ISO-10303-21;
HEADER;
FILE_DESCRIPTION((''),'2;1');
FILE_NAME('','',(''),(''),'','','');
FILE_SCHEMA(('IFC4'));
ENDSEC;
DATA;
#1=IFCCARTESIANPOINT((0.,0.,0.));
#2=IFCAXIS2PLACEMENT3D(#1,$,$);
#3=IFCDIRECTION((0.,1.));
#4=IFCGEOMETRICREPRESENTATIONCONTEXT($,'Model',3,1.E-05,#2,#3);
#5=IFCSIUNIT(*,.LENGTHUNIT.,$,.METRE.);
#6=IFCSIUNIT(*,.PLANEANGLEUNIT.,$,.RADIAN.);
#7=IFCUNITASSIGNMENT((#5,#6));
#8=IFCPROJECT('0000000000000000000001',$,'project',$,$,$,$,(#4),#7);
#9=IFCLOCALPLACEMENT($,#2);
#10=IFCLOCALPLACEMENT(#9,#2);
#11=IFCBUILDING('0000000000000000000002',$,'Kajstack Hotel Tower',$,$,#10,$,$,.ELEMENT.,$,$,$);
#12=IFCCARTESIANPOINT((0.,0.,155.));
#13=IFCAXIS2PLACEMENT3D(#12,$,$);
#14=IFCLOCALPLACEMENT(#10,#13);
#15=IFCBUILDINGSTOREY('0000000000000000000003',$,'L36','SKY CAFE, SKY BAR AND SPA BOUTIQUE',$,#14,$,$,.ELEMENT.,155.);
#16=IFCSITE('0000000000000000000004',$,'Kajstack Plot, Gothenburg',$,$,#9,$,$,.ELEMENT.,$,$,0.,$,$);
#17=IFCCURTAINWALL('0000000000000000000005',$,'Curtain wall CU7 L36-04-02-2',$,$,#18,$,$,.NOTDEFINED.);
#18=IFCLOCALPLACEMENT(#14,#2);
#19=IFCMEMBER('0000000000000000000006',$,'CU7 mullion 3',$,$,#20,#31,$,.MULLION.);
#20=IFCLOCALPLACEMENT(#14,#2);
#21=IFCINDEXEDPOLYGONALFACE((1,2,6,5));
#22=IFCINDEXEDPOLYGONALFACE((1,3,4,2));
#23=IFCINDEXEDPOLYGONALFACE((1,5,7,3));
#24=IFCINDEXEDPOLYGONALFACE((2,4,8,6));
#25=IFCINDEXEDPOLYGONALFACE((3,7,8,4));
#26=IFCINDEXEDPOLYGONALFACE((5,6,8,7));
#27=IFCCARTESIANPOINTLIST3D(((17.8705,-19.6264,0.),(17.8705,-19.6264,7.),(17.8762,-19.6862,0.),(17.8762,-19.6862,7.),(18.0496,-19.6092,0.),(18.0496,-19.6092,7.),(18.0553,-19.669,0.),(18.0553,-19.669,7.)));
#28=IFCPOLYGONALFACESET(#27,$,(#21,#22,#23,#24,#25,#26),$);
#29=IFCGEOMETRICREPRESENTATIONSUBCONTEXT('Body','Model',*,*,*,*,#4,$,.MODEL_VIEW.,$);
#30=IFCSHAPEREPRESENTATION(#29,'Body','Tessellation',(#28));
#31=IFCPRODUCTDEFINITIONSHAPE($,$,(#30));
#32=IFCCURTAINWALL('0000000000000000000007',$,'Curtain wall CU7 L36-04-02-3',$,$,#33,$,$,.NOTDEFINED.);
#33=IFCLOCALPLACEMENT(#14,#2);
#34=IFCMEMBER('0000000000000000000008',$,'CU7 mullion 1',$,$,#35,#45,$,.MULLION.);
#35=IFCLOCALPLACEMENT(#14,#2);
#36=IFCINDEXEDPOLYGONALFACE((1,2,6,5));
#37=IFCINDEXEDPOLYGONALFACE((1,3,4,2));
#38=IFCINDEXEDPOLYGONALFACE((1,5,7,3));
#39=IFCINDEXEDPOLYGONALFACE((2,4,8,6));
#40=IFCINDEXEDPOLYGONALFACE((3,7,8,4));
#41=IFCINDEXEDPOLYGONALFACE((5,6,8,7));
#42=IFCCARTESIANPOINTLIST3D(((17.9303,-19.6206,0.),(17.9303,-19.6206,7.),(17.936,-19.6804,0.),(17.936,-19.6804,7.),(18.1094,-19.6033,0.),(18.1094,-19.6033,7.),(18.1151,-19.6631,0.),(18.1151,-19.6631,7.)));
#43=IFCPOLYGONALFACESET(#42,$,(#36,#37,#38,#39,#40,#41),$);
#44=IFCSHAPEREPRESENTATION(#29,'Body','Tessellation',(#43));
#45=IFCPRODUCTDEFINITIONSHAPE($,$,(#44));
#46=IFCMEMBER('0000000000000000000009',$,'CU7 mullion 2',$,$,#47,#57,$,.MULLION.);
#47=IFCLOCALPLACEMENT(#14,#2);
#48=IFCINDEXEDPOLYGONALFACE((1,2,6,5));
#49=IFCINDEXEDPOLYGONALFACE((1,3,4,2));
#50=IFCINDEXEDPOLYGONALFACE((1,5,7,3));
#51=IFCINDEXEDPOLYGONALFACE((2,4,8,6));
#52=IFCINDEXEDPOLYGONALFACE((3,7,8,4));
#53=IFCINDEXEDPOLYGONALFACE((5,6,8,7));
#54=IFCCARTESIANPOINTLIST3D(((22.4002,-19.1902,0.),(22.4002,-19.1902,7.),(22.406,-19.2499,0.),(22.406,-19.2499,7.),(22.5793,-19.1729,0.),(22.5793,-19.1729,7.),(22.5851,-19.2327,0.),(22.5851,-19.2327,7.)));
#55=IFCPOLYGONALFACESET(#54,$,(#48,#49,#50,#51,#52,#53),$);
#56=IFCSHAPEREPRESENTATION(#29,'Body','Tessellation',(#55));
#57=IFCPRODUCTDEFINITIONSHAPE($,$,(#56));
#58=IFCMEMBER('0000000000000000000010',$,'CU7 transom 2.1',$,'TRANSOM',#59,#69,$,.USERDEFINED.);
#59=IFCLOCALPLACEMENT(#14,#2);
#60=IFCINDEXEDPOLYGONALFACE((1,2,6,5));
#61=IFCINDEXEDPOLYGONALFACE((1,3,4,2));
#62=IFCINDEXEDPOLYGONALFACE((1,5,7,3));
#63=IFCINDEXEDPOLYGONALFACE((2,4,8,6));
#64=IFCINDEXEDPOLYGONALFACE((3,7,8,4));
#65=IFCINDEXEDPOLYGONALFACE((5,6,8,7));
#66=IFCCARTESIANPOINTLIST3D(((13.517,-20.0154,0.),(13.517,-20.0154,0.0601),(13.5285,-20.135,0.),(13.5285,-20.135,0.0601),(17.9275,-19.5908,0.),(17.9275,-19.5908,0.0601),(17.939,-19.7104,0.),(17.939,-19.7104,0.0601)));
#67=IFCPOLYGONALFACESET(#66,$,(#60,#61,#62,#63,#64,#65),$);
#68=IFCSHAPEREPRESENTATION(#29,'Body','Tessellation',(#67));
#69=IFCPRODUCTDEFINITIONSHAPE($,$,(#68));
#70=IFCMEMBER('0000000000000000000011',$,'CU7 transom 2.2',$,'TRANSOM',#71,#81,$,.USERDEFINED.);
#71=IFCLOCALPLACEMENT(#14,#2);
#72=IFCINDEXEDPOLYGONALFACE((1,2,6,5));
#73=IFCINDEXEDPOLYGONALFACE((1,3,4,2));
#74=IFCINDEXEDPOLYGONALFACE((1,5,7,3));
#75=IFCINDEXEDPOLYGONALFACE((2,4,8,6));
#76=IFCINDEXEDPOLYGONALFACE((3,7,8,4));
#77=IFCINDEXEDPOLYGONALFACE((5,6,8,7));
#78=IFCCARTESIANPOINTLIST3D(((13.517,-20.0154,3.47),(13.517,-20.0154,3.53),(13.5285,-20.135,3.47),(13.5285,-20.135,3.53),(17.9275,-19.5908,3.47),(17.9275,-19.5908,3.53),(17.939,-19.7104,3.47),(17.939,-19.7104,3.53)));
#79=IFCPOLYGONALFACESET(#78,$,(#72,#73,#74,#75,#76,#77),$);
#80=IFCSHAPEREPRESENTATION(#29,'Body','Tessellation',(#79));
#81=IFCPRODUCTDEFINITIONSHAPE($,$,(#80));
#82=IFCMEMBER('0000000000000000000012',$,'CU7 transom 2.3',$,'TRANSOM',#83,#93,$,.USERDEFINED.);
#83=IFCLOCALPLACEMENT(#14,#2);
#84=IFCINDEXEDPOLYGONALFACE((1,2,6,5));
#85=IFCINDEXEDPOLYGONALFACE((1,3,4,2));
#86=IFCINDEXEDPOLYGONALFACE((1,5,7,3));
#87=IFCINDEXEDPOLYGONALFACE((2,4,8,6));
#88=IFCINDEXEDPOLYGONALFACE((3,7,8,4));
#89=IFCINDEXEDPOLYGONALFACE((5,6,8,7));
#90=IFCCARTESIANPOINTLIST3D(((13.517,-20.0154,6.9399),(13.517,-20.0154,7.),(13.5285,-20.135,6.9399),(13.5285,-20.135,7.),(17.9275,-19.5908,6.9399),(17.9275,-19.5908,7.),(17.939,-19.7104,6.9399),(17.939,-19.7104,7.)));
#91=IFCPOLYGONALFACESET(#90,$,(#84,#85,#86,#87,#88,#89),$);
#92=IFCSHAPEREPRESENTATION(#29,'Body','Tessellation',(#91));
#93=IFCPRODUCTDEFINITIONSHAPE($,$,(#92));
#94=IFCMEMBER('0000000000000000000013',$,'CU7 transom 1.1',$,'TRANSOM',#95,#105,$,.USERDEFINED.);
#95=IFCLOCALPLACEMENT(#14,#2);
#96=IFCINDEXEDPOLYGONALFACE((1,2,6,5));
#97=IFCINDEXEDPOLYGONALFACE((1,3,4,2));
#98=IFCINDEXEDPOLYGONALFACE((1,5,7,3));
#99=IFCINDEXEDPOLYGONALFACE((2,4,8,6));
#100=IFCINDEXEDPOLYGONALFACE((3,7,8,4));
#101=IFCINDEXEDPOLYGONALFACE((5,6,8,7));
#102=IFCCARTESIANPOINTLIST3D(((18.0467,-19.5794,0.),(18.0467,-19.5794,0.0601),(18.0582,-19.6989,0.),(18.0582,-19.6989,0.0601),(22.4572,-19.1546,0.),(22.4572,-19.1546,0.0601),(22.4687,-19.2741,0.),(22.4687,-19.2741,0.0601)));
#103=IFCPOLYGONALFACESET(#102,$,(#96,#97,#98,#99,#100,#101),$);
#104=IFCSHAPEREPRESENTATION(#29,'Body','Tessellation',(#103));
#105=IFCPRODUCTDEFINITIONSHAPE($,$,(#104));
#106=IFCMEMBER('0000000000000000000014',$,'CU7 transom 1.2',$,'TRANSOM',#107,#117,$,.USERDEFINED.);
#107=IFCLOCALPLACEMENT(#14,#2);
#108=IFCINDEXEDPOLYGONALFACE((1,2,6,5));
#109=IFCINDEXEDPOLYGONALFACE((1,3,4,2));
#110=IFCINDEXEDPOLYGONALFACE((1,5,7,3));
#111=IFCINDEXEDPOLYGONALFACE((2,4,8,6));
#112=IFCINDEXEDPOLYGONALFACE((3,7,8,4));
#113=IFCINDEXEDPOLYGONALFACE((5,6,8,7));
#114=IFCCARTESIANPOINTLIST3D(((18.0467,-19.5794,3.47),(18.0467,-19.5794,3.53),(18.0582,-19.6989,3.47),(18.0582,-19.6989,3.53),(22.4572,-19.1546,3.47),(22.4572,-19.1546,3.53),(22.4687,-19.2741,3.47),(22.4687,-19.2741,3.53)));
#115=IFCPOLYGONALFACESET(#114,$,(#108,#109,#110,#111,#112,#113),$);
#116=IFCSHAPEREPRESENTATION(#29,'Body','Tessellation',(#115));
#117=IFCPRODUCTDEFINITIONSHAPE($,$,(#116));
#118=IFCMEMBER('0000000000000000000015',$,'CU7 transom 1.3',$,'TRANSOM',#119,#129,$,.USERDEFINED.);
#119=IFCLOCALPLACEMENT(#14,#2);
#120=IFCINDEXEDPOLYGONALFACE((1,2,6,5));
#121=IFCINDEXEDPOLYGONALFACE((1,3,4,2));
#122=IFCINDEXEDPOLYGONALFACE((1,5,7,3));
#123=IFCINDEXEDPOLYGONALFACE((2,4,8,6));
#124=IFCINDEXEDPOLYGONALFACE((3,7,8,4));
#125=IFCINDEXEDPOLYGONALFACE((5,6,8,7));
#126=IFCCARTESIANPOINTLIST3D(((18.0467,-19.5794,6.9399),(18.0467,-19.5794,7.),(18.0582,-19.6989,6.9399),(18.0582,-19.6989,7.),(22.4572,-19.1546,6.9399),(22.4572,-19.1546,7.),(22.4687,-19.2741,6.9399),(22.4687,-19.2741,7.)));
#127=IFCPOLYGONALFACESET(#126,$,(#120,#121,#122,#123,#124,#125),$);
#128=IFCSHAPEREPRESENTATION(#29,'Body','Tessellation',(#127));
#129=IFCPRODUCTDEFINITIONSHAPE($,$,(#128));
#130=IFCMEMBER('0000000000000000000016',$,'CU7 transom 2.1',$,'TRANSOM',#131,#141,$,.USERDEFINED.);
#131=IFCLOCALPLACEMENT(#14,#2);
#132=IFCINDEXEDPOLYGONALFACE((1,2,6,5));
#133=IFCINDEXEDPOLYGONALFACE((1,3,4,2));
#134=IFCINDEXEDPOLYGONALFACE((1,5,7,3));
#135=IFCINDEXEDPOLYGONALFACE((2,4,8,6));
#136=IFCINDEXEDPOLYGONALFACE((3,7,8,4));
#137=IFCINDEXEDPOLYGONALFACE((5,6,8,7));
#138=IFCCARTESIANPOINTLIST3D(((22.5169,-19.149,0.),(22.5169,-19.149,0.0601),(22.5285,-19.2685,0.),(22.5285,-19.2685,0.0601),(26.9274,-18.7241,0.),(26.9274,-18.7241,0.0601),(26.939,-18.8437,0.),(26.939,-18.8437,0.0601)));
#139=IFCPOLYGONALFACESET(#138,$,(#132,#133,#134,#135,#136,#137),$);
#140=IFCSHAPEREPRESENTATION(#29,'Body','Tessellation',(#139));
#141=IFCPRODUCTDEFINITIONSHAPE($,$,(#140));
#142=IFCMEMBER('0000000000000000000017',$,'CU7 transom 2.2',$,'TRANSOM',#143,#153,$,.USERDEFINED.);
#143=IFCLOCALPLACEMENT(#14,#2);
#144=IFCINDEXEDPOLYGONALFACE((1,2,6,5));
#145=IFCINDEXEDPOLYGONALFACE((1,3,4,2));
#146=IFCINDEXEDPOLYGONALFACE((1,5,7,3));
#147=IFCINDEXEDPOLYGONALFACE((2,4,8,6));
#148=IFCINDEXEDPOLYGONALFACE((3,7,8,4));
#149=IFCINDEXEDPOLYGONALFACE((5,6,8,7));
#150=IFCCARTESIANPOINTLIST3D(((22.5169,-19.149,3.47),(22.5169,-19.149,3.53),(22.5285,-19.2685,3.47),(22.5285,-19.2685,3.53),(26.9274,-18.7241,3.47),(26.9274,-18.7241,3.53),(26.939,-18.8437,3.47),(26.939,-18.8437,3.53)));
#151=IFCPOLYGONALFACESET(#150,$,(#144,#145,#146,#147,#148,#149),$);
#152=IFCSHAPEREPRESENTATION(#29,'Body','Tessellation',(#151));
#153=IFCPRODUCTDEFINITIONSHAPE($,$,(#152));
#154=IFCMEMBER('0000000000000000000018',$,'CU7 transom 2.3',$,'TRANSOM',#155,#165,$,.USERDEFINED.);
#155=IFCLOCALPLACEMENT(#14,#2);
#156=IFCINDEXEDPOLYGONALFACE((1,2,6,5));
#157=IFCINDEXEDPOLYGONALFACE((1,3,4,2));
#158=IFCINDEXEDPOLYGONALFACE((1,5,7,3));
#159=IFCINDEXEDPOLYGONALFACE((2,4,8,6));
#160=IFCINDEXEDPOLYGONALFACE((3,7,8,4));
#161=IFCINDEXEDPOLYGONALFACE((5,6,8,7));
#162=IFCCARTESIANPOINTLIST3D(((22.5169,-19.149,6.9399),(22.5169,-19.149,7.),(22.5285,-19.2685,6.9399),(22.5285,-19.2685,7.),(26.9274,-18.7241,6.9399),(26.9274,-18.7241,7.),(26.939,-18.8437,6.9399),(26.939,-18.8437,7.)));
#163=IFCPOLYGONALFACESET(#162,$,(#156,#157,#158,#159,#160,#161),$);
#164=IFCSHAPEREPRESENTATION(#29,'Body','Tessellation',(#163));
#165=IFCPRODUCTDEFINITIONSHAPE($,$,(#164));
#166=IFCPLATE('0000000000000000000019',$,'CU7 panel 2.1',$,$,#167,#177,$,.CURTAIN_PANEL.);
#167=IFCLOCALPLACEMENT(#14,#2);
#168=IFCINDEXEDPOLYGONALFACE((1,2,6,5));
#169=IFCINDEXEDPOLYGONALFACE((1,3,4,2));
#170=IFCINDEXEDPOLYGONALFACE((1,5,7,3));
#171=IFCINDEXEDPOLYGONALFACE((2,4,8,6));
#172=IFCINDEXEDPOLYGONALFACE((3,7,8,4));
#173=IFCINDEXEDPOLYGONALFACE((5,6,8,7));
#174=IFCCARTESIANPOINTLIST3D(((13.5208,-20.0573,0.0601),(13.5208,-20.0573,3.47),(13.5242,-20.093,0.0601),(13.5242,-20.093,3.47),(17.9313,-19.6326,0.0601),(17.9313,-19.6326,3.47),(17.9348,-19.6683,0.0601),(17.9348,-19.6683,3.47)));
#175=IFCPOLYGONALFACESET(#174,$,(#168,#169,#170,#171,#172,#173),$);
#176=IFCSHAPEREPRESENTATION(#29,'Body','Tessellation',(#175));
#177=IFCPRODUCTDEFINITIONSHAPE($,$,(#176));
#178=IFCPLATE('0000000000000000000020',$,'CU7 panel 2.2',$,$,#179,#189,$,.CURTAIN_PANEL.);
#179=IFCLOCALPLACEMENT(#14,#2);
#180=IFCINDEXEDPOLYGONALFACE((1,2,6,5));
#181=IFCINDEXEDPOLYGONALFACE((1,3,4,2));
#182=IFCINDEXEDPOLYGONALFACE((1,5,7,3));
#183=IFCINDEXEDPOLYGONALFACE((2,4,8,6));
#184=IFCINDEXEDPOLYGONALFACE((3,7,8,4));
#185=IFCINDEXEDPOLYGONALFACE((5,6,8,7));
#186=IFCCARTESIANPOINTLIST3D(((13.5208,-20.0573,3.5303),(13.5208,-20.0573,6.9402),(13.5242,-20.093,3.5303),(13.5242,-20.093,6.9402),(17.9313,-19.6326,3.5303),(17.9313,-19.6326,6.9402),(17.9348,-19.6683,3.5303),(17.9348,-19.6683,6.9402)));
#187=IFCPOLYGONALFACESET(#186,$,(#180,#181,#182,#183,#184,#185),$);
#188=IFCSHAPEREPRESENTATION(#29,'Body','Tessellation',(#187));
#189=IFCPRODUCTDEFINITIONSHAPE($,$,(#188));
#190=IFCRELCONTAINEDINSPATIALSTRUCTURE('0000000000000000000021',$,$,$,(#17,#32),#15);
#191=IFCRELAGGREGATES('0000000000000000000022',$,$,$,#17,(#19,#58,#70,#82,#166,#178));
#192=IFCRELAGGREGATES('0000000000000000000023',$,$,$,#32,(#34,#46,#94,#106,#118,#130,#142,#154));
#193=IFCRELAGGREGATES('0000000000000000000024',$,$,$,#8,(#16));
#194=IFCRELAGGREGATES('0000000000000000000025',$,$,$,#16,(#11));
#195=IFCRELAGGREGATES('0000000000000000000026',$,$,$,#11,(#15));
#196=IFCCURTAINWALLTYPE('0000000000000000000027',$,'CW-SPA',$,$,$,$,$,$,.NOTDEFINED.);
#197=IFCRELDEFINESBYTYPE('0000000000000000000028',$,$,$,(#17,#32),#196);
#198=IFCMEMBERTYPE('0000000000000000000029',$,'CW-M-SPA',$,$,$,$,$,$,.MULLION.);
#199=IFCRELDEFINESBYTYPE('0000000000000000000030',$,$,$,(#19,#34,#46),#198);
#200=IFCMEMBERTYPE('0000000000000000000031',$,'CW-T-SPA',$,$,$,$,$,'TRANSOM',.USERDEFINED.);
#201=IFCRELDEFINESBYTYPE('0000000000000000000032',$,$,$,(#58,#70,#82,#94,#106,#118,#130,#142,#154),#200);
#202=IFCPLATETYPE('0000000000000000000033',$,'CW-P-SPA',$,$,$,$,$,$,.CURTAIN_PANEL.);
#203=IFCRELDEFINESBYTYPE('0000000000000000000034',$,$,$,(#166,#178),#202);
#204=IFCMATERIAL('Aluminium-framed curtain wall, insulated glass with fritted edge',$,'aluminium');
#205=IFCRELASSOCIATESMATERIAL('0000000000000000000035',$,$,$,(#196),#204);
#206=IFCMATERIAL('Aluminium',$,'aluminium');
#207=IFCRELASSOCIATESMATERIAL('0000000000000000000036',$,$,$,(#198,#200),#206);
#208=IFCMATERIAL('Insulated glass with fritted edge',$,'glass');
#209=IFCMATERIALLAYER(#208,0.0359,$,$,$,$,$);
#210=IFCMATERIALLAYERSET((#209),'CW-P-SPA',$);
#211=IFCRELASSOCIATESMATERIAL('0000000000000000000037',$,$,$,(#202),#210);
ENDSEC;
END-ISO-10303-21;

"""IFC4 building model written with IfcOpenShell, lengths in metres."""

from ifc_helpers import new_model, si_unit, direction, frame, origin, origin_2d, place, context, subcontext, project, spatial, rectangle, extrude, material, layer, layer_set, material_profile, profile_set, type_object, element, aggregate, save


model = new_model("IFC4")

# Units and contexts
model_context = context("Model", 3, precision=1e-05, world=origin(), true_north=direction((0.0, 1.0)))
body_context = subcontext(model_context, "Body", "Model", "MODEL_VIEW")
ifc_project = project(units=[si_unit("LENGTHUNIT", "METRE"), si_unit("PLANEANGLEUNIT", "RADIAN")], contexts=[model_context])

# Site, building, storey
site_placement = place(None, origin())
site = spatial("IfcSite", under=ifc_project, at=site_placement, Name="Kajstack Plot, Gothenburg", CompositionType="ELEMENT", RefElevation=0.0)
building_placement = place(site_placement, origin())
building = spatial("IfcBuilding", under=site, at=building_placement, Name="Kajstack Hotel Tower", CompositionType="ELEMENT")
storey_placement = place(building_placement, frame((0.0, 0.0, 155.0)))
storey = spatial("IfcBuildingStorey", under=building, at=storey_placement, Name="L36", Description="SKY CAFE, SKY BAR AND SPA BOUTIQUE", CompositionType="ELEMENT", Elevation=155.0)

# Curtain wall, member
ifc_material_1 = material(Name="Aluminium-framed curtain wall, insulated glass with fritted edge", Category="aluminium")
curtain_wall_type = type_object("IfcCurtainWallType", Name="CW-SPA", PredefinedType="NOTDEFINED", material=ifc_material_1)
curtain_wall_1_placement = place(storey_placement, origin())
curtain_wall_1 = element("IfcCurtainWall", 1, at=curtain_wall_1_placement, inside=storey, type_object=curtain_wall_type, Name="Curtain wall CU7 L36-04-02-2", PredefinedType="NOTDEFINED")
ifc_material_2 = material(Name="Aluminium", Category="aluminium")
ifc_material_profile_1 = material_profile(ifc_material_2, rectangle(XDim=0.0601, YDim=0.1799, at=origin_2d()), Name="Aluminium mullion 60 x 180")
ifc_profile_set_1 = profile_set([ifc_material_profile_1], Name="Aluminium")
member_type_1 = type_object("IfcMemberType", Name="CW-M-SPA", PredefinedType="MULLION", material=ifc_profile_set_1)
member_1_placement = place(storey_placement, frame((17.9629, -19.6477, 0.0), z_axis=(0.0, 0.0, 1.0), x_axis=(-0.095845, 0.995396, 0.0)))
member_1 = element("IfcMember", 2, at=member_1_placement, type_object=member_type_1, Name="CU7 mullion 3", PredefinedType="MULLION", context=body_context, shape_type="SweptSolid", body=[
    extrude(rectangle(XDim=0.0601, YDim=0.1799, at=origin_2d()), origin(), (0.0, 0.0, 1.0), 7.0),
])

# Curtain wall, members
curtain_wall_2_placement = place(storey_placement, origin())
curtain_wall_2 = element("IfcCurtainWall", 3, at=curtain_wall_2_placement, inside=storey, type_object=curtain_wall_type, Name="Curtain wall CU7 L36-04-02-3", PredefinedType="NOTDEFINED")
member_2_placement = place(storey_placement, frame((18.0227, -19.6418, 0.0), z_axis=(0.0, 0.0, 1.0), x_axis=(-0.095845, 0.995396, 0.0)))
member_2 = element("IfcMember", 4, at=member_2_placement, type_object=member_type_1, Name="CU7 mullion 1", PredefinedType="MULLION", context=body_context, shape_type="SweptSolid", body=[
    extrude(rectangle(XDim=0.0601, YDim=0.1799, at=origin_2d()), origin(), (0.0, 0.0, 1.0), 7.0),
])
member_3_placement = place(storey_placement, frame((22.4927, -19.2114, 0.0), z_axis=(0.0, 0.0, 1.0), x_axis=(-0.095845, 0.995396, 0.0)))
member_3 = element("IfcMember", 5, at=member_3_placement, type_object=member_type_1, Name="CU7 mullion 2", PredefinedType="MULLION", context=body_context, shape_type="SweptSolid", body=[
    extrude(rectangle(XDim=0.0601, YDim=0.1799, at=origin_2d()), origin(), (0.0, 0.0, 1.0), 7.0),
])

# Members
ifc_material_profile_2 = material_profile(ifc_material_2, rectangle(XDim=0.1201, YDim=0.0601, at=origin_2d()), Name="Aluminium transom 120 x 60")
ifc_profile_set_2 = profile_set([ifc_material_profile_2], Name="Aluminium")
member_type_2 = type_object("IfcMemberType", Name="CW-T-SPA", ElementType="TRANSOM", PredefinedType="USERDEFINED", material=ifc_profile_set_2)
member_4_placement = place(storey_placement, frame((13.5227, -20.0752, 0.03), z_axis=(0.995399, 0.095821, 0.0), x_axis=(-0.095821, 0.995399, 0.0)))
member_4 = element("IfcMember", 6, at=member_4_placement, type_object=member_type_2, Name="CU7 transom 2.1", ObjectType="TRANSOM", PredefinedType="USERDEFINED", context=body_context, shape_type="SweptSolid", body=[
    extrude(rectangle(XDim=0.1201, YDim=0.0601, at=origin_2d()), origin(), (0.0, 0.0, 1.0), 4.4309),
])
member_5_placement = place(storey_placement, frame((13.5227, -20.0752, 3.5), z_axis=(0.995399, 0.095821, 0.0), x_axis=(-0.095821, 0.995399, 0.0)))
member_5 = element("IfcMember", 7, at=member_5_placement, type_object=member_type_2, Name="CU7 transom 2.2", ObjectType="TRANSOM", PredefinedType="USERDEFINED", context=body_context, shape_type="SweptSolid", body=[
    extrude(rectangle(XDim=0.1201, YDim=0.0601, at=origin_2d()), origin(), (0.0, 0.0, 1.0), 4.4309),
])
member_6_placement = place(storey_placement, frame((13.5227, -20.0752, 6.97), z_axis=(0.995399, 0.095821, 0.0), x_axis=(-0.095821, 0.995399, 0.0)))
member_6 = element("IfcMember", 8, at=member_6_placement, type_object=member_type_2, Name="CU7 transom 2.3", ObjectType="TRANSOM", PredefinedType="USERDEFINED", context=body_context, shape_type="SweptSolid", body=[
    extrude(rectangle(XDim=0.1201, YDim=0.0601, at=origin_2d()), origin(), (0.0, 0.0, 1.0), 4.4309),
])
member_7_placement = place(storey_placement, frame((18.0525, -19.6392, 0.03), z_axis=(0.995393, 0.095875, 0.0), x_axis=(-0.095875, 0.995393, 0.0)))
member_7 = element("IfcMember", 9, at=member_7_placement, type_object=member_type_2, Name="CU7 transom 1.1", ObjectType="TRANSOM", PredefinedType="USERDEFINED", context=body_context, shape_type="SweptSolid", body=[
    extrude(rectangle(XDim=0.1201, YDim=0.0601, at=origin_2d()), origin(), (0.0, 0.0, 1.0), 4.4309),
])
member_8_placement = place(storey_placement, frame((18.0525, -19.6392, 3.5), z_axis=(0.995393, 0.095875, 0.0), x_axis=(-0.095875, 0.995393, 0.0)))
member_8 = element("IfcMember", 10, at=member_8_placement, type_object=member_type_2, Name="CU7 transom 1.2", ObjectType="TRANSOM", PredefinedType="USERDEFINED", context=body_context, shape_type="SweptSolid", body=[
    extrude(rectangle(XDim=0.1201, YDim=0.0601, at=origin_2d()), origin(), (0.0, 0.0, 1.0), 4.4309),
])
member_9_placement = place(storey_placement, frame((18.0525, -19.6392, 6.97), z_axis=(0.995393, 0.095875, 0.0), x_axis=(-0.095875, 0.995393, 0.0)))
member_9 = element("IfcMember", 11, at=member_9_placement, type_object=member_type_2, Name="CU7 transom 1.3", ObjectType="TRANSOM", PredefinedType="USERDEFINED", context=body_context, shape_type="SweptSolid", body=[
    extrude(rectangle(XDim=0.1201, YDim=0.0601, at=origin_2d()), origin(), (0.0, 0.0, 1.0), 4.4309),
])
member_10_placement = place(storey_placement, frame((22.5227, -19.2087, 0.03), z_axis=(0.995393, 0.095875, 0.0), x_axis=(-0.095875, 0.995393, 0.0)))
member_10 = element("IfcMember", 12, at=member_10_placement, type_object=member_type_2, Name="CU7 transom 2.1", ObjectType="TRANSOM", PredefinedType="USERDEFINED", context=body_context, shape_type="SweptSolid", body=[
    extrude(rectangle(XDim=0.1201, YDim=0.0601, at=origin_2d()), origin(), (0.0, 0.0, 1.0), 4.4309),
])
member_11_placement = place(storey_placement, frame((22.5227, -19.2087, 3.5), z_axis=(0.995393, 0.095875, 0.0), x_axis=(-0.095875, 0.995393, 0.0)))
member_11 = element("IfcMember", 13, at=member_11_placement, type_object=member_type_2, Name="CU7 transom 2.2", ObjectType="TRANSOM", PredefinedType="USERDEFINED", context=body_context, shape_type="SweptSolid", body=[
    extrude(rectangle(XDim=0.1201, YDim=0.0601, at=origin_2d()), origin(), (0.0, 0.0, 1.0), 4.4309),
])
member_12_placement = place(storey_placement, frame((22.5227, -19.2087, 6.97), z_axis=(0.995393, 0.095875, 0.0), x_axis=(-0.095875, 0.995393, 0.0)))
member_12 = element("IfcMember", 14, at=member_12_placement, type_object=member_type_2, Name="CU7 transom 2.3", ObjectType="TRANSOM", PredefinedType="USERDEFINED", context=body_context, shape_type="SweptSolid", body=[
    extrude(rectangle(XDim=0.1201, YDim=0.0601, at=origin_2d()), origin(), (0.0, 0.0, 1.0), 4.4309),
])

# Plates
ifc_material_3 = material(Name="Insulated glass with fritted edge", Category="glass")
ifc_layer = layer(ifc_material_3, 0.0359)
ifc_layer_set = layer_set([ifc_layer], Name="CW-P-SPA")
plate_type = type_object("IfcPlateType", Name="CW-P-SPA", PredefinedType="CURTAIN_PANEL", material=ifc_layer_set)
plate_1_placement = place(storey_placement, frame((15.7278, -19.8628, 0.0601), z_axis=(0.0, 0.0, 1.0), x_axis=(0.995396, 0.095845, 0.0)))
plate_1 = element("IfcPlate", 15, at=plate_1_placement, type_object=plate_type, Name="CU7 panel 2.1", PredefinedType="CURTAIN_PANEL", context=body_context, shape_type="SweptSolid", body=[
    extrude(rectangle(XDim=4.4309, YDim=0.0359, at=origin_2d()), origin(), (0.0, 0.0, 1.0), 3.4099),
])
plate_2_placement = place(storey_placement, frame((15.7278, -19.8628, 3.5303), z_axis=(0.0, 0.0, 1.0), x_axis=(0.995396, 0.095845, 0.0)))
plate_2 = element("IfcPlate", 16, at=plate_2_placement, type_object=plate_type, Name="CU7 panel 2.2", PredefinedType="CURTAIN_PANEL", context=body_context, shape_type="SweptSolid", body=[
    extrude(rectangle(XDim=4.4309, YDim=0.0359, at=origin_2d()), origin(), (0.0, 0.0, 1.0), 3.4099),
])
aggregate(curtain_wall_1, [member_1, member_4, member_5, member_6, plate_1, plate_2])
aggregate(curtain_wall_2, [member_2, member_3, member_7, member_8, member_9, member_10, member_11, member_12])

save(model, "model.ifc")
